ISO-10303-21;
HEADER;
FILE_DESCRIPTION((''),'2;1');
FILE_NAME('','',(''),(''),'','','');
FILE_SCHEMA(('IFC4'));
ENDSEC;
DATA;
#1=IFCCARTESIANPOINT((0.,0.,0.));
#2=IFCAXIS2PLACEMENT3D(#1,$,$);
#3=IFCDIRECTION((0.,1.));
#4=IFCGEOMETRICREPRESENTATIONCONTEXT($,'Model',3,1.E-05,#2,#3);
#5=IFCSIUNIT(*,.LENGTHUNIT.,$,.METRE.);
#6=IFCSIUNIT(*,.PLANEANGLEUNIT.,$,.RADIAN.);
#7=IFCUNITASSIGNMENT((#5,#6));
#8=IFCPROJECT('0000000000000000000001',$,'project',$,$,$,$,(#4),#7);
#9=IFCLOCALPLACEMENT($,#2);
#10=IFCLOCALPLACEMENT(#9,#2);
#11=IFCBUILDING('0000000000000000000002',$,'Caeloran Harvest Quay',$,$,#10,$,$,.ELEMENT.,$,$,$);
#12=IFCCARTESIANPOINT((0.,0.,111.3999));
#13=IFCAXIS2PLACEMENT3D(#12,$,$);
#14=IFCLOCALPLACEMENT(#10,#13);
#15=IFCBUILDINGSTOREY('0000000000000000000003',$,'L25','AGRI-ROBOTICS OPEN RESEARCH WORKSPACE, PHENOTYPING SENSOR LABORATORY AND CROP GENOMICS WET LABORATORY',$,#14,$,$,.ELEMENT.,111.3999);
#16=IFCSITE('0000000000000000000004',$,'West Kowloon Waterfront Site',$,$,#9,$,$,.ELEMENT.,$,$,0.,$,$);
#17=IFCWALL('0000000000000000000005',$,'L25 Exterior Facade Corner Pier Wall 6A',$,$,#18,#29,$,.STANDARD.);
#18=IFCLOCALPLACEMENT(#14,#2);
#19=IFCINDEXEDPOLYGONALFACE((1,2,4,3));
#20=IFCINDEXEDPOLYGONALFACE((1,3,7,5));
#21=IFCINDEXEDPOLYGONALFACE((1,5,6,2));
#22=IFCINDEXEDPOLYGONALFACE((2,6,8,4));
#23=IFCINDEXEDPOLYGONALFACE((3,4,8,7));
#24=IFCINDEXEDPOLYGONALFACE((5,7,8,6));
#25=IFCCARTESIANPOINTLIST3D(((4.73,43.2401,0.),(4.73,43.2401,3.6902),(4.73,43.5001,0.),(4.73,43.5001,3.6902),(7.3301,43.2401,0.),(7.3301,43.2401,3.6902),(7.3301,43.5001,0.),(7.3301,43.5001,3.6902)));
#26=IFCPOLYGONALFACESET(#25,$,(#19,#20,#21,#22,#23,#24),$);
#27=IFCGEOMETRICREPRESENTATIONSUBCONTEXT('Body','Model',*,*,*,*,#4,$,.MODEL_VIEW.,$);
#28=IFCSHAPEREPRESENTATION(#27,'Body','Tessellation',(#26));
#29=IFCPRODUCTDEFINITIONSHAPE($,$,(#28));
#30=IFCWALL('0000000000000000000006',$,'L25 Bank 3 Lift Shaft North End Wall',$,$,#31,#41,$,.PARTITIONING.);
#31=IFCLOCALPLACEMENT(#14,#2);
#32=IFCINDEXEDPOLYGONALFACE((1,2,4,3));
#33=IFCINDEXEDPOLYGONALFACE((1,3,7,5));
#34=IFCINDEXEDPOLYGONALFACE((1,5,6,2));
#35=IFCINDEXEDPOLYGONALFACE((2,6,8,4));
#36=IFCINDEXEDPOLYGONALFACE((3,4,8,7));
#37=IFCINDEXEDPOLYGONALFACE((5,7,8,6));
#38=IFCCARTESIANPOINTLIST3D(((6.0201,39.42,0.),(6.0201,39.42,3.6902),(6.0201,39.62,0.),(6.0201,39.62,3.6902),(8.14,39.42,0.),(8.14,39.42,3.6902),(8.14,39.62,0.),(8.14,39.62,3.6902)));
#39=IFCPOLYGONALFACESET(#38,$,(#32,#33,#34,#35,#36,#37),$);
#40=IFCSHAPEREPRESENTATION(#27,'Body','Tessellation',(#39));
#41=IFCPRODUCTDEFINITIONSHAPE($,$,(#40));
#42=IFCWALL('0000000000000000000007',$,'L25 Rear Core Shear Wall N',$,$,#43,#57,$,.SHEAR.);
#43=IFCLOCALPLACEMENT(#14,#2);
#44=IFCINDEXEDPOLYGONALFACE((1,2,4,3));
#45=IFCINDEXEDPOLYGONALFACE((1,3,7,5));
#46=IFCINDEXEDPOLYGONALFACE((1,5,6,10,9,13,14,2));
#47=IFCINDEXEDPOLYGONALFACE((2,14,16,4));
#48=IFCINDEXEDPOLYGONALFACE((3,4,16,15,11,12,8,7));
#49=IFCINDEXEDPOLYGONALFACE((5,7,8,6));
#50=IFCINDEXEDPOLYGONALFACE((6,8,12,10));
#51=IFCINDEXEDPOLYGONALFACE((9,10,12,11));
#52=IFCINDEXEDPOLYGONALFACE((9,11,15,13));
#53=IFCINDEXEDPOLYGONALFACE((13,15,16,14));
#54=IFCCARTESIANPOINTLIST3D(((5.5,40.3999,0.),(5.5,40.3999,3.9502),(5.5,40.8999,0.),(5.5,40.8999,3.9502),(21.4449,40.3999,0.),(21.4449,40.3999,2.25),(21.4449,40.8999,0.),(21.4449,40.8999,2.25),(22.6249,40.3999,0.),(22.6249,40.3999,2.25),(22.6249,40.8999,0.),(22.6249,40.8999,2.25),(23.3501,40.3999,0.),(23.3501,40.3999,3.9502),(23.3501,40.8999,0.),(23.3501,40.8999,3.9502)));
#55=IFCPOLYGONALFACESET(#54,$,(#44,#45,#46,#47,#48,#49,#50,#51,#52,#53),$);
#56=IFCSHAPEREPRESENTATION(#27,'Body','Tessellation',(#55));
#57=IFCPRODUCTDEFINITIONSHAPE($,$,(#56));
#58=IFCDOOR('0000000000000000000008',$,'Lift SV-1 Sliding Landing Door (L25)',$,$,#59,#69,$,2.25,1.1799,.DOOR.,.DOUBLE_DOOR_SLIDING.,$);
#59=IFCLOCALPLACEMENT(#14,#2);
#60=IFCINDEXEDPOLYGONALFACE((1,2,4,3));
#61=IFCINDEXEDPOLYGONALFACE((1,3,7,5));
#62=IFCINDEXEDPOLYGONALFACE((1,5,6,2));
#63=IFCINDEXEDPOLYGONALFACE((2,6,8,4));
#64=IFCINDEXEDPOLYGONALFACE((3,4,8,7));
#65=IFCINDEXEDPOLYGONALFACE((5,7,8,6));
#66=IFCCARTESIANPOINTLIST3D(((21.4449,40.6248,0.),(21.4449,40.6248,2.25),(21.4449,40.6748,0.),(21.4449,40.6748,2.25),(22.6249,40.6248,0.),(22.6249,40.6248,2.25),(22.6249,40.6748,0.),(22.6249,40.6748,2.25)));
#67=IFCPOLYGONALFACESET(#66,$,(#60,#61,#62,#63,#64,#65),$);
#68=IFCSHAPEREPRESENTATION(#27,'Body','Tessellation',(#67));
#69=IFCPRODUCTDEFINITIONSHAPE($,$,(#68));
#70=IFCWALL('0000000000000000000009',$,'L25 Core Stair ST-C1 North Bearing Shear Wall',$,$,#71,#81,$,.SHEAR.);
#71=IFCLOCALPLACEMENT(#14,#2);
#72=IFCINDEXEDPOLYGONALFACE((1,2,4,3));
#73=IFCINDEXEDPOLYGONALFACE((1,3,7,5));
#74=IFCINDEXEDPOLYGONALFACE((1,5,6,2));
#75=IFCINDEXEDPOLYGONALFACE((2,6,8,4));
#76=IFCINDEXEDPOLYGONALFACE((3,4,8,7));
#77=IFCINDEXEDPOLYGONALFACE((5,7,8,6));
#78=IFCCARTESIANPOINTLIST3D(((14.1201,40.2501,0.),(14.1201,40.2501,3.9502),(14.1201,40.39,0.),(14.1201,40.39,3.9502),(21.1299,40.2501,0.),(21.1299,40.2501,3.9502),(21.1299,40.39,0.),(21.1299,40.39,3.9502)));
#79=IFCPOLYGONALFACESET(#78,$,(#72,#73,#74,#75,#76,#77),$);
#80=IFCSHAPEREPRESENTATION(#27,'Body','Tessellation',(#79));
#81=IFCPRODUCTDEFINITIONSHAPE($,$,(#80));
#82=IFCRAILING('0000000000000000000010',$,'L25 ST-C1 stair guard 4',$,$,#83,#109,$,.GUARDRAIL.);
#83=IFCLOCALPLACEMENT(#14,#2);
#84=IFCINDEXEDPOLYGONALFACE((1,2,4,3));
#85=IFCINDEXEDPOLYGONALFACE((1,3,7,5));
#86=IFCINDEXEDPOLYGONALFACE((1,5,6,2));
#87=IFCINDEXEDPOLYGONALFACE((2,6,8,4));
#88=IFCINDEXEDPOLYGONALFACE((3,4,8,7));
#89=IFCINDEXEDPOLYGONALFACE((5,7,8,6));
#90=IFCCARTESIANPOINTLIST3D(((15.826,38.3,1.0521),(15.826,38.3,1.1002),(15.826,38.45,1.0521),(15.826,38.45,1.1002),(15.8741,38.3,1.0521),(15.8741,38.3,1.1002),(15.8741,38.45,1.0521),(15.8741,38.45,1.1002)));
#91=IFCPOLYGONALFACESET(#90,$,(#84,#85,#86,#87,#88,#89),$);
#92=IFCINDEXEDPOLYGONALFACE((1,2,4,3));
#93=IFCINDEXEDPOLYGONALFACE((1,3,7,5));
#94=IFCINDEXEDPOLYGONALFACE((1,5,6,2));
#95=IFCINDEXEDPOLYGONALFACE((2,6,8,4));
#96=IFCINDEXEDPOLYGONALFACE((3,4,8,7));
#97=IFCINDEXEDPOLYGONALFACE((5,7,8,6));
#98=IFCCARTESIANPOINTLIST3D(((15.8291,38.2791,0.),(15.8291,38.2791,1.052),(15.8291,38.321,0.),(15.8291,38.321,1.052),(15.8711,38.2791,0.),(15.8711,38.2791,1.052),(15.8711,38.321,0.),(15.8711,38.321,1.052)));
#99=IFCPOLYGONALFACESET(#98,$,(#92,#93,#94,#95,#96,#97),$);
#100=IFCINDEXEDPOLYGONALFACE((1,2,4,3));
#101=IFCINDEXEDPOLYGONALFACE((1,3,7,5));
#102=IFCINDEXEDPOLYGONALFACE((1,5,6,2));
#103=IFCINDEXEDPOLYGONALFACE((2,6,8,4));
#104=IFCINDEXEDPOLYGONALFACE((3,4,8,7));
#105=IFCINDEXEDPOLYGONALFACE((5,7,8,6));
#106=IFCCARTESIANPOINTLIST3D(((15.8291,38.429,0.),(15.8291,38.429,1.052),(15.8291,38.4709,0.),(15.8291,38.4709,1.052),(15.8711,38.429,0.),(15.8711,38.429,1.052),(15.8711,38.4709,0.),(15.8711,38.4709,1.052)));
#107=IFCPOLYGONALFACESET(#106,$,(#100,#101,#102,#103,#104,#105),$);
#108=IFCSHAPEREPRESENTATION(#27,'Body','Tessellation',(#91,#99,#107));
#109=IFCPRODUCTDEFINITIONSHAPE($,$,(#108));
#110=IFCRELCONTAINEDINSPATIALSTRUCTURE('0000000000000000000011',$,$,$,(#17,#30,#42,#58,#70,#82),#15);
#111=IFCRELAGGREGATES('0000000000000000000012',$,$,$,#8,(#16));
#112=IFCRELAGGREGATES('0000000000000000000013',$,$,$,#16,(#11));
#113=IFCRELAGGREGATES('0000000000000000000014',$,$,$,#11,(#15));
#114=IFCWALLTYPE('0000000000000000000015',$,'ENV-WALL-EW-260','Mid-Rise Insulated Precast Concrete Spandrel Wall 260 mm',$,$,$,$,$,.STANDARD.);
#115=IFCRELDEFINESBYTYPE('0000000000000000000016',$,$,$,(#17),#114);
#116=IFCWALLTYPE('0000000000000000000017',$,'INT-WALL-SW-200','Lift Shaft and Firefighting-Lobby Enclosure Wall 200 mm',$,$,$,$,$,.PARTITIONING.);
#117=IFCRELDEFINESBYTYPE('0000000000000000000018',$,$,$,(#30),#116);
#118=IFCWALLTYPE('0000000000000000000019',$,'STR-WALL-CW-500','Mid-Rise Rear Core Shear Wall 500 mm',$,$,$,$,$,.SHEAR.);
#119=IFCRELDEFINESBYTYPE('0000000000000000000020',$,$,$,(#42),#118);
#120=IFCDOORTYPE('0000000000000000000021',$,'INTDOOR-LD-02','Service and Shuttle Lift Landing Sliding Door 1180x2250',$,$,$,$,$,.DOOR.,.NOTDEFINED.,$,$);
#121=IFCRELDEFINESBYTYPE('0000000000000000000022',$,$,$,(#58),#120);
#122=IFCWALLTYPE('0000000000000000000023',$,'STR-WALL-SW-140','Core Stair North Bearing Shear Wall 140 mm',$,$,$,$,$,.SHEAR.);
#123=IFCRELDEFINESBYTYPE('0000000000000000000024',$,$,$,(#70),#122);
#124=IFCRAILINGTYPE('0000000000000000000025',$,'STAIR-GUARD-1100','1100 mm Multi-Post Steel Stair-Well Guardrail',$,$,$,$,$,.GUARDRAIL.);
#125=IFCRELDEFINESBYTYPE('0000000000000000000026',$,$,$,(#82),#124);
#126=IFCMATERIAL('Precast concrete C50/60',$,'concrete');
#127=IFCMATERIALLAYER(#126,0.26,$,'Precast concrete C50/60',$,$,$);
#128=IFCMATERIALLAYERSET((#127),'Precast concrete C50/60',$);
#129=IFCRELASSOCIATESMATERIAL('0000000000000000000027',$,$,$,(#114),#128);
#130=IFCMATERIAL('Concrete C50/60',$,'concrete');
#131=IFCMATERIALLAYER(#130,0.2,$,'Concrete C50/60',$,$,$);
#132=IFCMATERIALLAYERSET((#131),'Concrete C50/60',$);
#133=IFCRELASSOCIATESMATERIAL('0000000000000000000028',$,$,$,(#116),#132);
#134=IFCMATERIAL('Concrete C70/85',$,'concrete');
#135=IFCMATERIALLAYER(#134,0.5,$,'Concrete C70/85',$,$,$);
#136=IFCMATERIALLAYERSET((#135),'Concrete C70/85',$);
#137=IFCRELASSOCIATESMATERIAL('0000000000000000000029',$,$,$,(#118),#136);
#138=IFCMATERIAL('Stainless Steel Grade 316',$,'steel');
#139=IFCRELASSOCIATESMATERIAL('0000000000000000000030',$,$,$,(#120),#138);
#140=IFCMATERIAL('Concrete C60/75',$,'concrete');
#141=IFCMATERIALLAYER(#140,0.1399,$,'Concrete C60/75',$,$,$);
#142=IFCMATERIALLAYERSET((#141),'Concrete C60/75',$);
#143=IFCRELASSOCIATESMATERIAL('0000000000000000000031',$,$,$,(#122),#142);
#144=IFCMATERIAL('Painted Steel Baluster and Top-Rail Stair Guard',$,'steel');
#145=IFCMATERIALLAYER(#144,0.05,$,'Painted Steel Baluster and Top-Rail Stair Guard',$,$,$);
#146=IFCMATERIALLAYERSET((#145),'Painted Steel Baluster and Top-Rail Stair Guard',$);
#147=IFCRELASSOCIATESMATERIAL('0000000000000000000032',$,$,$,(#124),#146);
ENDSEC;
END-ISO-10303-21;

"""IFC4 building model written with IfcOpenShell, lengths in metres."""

from ifc_helpers import new_model, si_unit, direction, frame, frame_2d, origin, origin_2d, place, context, subcontext, project, spatial, rectangle, extrude, material, layer, layer_set, type_object, element, fill, save


model = new_model("IFC4")

# Units and contexts
model_context = context("Model", 3, precision=1e-05, world=origin(), true_north=direction((0.0, 1.0)))
body_context = subcontext(model_context, "Body", "Model", "MODEL_VIEW")
ifc_project = project(units=[si_unit("LENGTHUNIT", "METRE"), si_unit("PLANEANGLEUNIT", "RADIAN")], contexts=[model_context])

# Site, building, storey
site_placement = place(None, origin())
site = spatial("IfcSite", under=ifc_project, at=site_placement, Name="West Kowloon Waterfront Site", CompositionType="ELEMENT", RefElevation=0.0)
building_placement = place(site_placement, origin())
building = spatial("IfcBuilding", under=site, at=building_placement, Name="Caeloran Harvest Quay", CompositionType="ELEMENT")
storey_placement = place(building_placement, frame((0.0, 0.0, 111.3999)))
storey = spatial("IfcBuildingStorey", under=building, at=storey_placement, Name="L25", Description="AGRI-ROBOTICS OPEN RESEARCH WORKSPACE, PHENOTYPING SENSOR LABORATORY AND CROP GENOMICS WET LABORATORY", CompositionType="ELEMENT", Elevation=111.3999)

# Walls
ifc_material_1 = material(Name="Precast concrete C50/60", Category="concrete")
ifc_layer_1 = layer(ifc_material_1, 0.26, Name="Precast concrete C50/60")
ifc_layer_set_1 = layer_set([ifc_layer_1], Name="Precast concrete C50/60")
wall_type_1 = type_object("IfcWallType", Name="ENV-WALL-EW-260", Description="Mid-Rise Insulated Precast Concrete Spandrel Wall 260 mm", PredefinedType="STANDARD", material=ifc_layer_set_1)
wall_1_placement = place(storey_placement, frame((4.73, 43.3701, 0.0), z_axis=(0.0, 0.0, 1.0), x_axis=(1.0, 0.0, 0.0)))
element("IfcWall", 1, at=wall_1_placement, inside=storey, type_object=wall_type_1, Name="L25 Exterior Facade Corner Pier Wall 6A", PredefinedType="STANDARD", context=body_context, shape_type="SweptSolid", body=[
    extrude(rectangle(XDim=2.6001, YDim=0.26, at=frame_2d((1.3, 0.0))), origin(), (0.0, 0.0, 1.0), 3.6902),
])
ifc_material_2 = material(Name="Concrete C50/60", Category="concrete")
ifc_layer_2 = layer(ifc_material_2, 0.2, Name="Concrete C50/60")
ifc_layer_set_2 = layer_set([ifc_layer_2], Name="Concrete C50/60")
wall_type_2 = type_object("IfcWallType", Name="INT-WALL-SW-200", Description="Lift Shaft and Firefighting-Lobby Enclosure Wall 200 mm", PredefinedType="PARTITIONING", material=ifc_layer_set_2)
wall_2_placement = place(storey_placement, frame((6.02, 39.52, 0.0), z_axis=(0.0, 0.0, 1.0), x_axis=(1.0, 0.0, 0.0)))
element("IfcWall", 2, at=wall_2_placement, inside=storey, type_object=wall_type_2, Name="L25 Bank 3 Lift Shaft North End Wall", PredefinedType="PARTITIONING", context=body_context, shape_type="SweptSolid", body=[
    extrude(rectangle(XDim=2.1199, YDim=0.2, at=frame_2d((1.0601, 0.0))), origin(), (0.0, 0.0, 1.0), 3.6902),
])

# Wall, opening, door
ifc_material_3 = material(Name="Concrete C70/85", Category="concrete")
ifc_layer_3 = layer(ifc_material_3, 0.5, Name="Concrete C70/85")
ifc_layer_set_3 = layer_set([ifc_layer_3], Name="Concrete C70/85")
wall_type_3 = type_object("IfcWallType", Name="STR-WALL-CW-500", Description="Mid-Rise Rear Core Shear Wall 500 mm", PredefinedType="SHEAR", material=ifc_layer_set_3)
wall_3_placement = place(storey_placement, frame((5.5, 40.6499, 0.0), z_axis=(0.0, 0.0, 1.0), x_axis=(1.0, 0.0, 0.0)))
wall_3 = element("IfcWall", 3, at=wall_3_placement, inside=storey, type_object=wall_type_3, Name="L25 Rear Core Shear Wall N", PredefinedType="SHEAR", context=body_context, shape_type="SweptSolid", body=[
    extrude(rectangle(XDim=17.8501, YDim=0.5, at=frame_2d((8.925, 0.0))), origin(), (0.0, 0.0, 1.0), 3.9502),
])
opening_placement = place(wall_3_placement, frame((15.9451, 0.0, 0.0)))
opening = element("IfcOpeningElement", 4, at=opening_placement, cuts=wall_3, PredefinedType="OPENING", context=body_context, shape_type="SweptSolid", body=[
    extrude(rectangle(XDim=1.1799, YDim=2.25, at=frame_2d((0.5898, 1.125))), frame((0.0, 0.26, 0.0), z_axis=(0.0, -1.0, 0.0), x_axis=(1.0, 0.0, 0.0)), (0.0, 0.0, 1.0), 0.52),
])
ifc_material_4 = material(Name="Stainless Steel Grade 316", Category="steel")
door_type = type_object("IfcDoorType", Name="INTDOOR-LD-02", Description="Service and Shuttle Lift Landing Sliding Door 1180x2250", OperationType="NOTDEFINED", PredefinedType="DOOR", material=ifc_material_4)
door_placement = place(opening_placement, origin())
door = element("IfcDoor", 5, at=door_placement, inside=storey, type_object=door_type, Name="Lift SV-1 Sliding Landing Door (L25)", OperationType="DOUBLE_DOOR_SLIDING", OverallHeight=2.25, OverallWidth=1.1799, PredefinedType="DOOR", context=body_context, shape_type="SweptSolid", body=[
    extrude(rectangle(XDim=1.1799, YDim=2.25, at=frame_2d((0.5898, 1.125))), frame((0.0, 0.0249, 0.0), z_axis=(0.0, -1.0, 0.0), x_axis=(1.0, 0.0, 0.0)), (0.0, 0.0, 1.0), 0.05),
])
fill(opening, door)

# Wall
ifc_material_5 = material(Name="Concrete C60/75", Category="concrete")
ifc_layer_4 = layer(ifc_material_5, 0.1399, Name="Concrete C60/75")
ifc_layer_set_4 = layer_set([ifc_layer_4], Name="Concrete C60/75")
wall_type_4 = type_object("IfcWallType", Name="STR-WALL-SW-140", Description="Core Stair North Bearing Shear Wall 140 mm", PredefinedType="SHEAR", material=ifc_layer_set_4)
wall_4_placement = place(storey_placement, frame((14.1201, 40.3201, 0.0), z_axis=(0.0, 0.0, 1.0), x_axis=(1.0, 0.0, 0.0)))
element("IfcWall", 6, at=wall_4_placement, inside=storey, type_object=wall_type_4, Name="L25 Core Stair ST-C1 North Bearing Shear Wall", PredefinedType="SHEAR", context=body_context, shape_type="SweptSolid", body=[
    extrude(rectangle(XDim=7.0098, YDim=0.1399, at=frame_2d((3.5049, 0.0))), origin(), (0.0, 0.0, 1.0), 3.9502),
])

# Railing
ifc_material_6 = material(Name="Painted Steel Baluster and Top-Rail Stair Guard", Category="steel")
ifc_layer_5 = layer(ifc_material_6, 0.05, Name="Painted Steel Baluster and Top-Rail Stair Guard")
ifc_layer_set_5 = layer_set([ifc_layer_5], Name="Painted Steel Baluster and Top-Rail Stair Guard")
railing_type = type_object("IfcRailingType", Name="STAIR-GUARD-1100", Description="1100 mm Multi-Post Steel Stair-Well Guardrail", PredefinedType="GUARDRAIL", material=ifc_layer_set_5)
railing_placement = place(storey_placement, frame((15.8501, 38.3, 0.0)))
element("IfcRailing", 7, at=railing_placement, inside=storey, type_object=railing_type, Name="L25 ST-C1 stair guard 4", PredefinedType="GUARDRAIL", context=body_context, shape_type="SweptSolid", body=[
    extrude(rectangle(XDim=0.0481, YDim=0.0481, at=origin_2d()), frame((0.0, 0.0, 1.0762), z_axis=(0.0, 1.0, 0.0), x_axis=(-1.0, 0.0, 0.0)), (0.0, 0.0, 1.0), 0.1499),
    extrude(rectangle(XDim=0.042, YDim=0.042, at=origin_2d()), origin(), (0.0, 0.0, 1.0), 1.052),
    extrude(rectangle(XDim=0.042, YDim=0.042, at=origin_2d()), frame((0.0, 0.1499, 0.0)), (0.0, 0.0, 1.0), 1.052),
])

save(model, "model.ifc")
